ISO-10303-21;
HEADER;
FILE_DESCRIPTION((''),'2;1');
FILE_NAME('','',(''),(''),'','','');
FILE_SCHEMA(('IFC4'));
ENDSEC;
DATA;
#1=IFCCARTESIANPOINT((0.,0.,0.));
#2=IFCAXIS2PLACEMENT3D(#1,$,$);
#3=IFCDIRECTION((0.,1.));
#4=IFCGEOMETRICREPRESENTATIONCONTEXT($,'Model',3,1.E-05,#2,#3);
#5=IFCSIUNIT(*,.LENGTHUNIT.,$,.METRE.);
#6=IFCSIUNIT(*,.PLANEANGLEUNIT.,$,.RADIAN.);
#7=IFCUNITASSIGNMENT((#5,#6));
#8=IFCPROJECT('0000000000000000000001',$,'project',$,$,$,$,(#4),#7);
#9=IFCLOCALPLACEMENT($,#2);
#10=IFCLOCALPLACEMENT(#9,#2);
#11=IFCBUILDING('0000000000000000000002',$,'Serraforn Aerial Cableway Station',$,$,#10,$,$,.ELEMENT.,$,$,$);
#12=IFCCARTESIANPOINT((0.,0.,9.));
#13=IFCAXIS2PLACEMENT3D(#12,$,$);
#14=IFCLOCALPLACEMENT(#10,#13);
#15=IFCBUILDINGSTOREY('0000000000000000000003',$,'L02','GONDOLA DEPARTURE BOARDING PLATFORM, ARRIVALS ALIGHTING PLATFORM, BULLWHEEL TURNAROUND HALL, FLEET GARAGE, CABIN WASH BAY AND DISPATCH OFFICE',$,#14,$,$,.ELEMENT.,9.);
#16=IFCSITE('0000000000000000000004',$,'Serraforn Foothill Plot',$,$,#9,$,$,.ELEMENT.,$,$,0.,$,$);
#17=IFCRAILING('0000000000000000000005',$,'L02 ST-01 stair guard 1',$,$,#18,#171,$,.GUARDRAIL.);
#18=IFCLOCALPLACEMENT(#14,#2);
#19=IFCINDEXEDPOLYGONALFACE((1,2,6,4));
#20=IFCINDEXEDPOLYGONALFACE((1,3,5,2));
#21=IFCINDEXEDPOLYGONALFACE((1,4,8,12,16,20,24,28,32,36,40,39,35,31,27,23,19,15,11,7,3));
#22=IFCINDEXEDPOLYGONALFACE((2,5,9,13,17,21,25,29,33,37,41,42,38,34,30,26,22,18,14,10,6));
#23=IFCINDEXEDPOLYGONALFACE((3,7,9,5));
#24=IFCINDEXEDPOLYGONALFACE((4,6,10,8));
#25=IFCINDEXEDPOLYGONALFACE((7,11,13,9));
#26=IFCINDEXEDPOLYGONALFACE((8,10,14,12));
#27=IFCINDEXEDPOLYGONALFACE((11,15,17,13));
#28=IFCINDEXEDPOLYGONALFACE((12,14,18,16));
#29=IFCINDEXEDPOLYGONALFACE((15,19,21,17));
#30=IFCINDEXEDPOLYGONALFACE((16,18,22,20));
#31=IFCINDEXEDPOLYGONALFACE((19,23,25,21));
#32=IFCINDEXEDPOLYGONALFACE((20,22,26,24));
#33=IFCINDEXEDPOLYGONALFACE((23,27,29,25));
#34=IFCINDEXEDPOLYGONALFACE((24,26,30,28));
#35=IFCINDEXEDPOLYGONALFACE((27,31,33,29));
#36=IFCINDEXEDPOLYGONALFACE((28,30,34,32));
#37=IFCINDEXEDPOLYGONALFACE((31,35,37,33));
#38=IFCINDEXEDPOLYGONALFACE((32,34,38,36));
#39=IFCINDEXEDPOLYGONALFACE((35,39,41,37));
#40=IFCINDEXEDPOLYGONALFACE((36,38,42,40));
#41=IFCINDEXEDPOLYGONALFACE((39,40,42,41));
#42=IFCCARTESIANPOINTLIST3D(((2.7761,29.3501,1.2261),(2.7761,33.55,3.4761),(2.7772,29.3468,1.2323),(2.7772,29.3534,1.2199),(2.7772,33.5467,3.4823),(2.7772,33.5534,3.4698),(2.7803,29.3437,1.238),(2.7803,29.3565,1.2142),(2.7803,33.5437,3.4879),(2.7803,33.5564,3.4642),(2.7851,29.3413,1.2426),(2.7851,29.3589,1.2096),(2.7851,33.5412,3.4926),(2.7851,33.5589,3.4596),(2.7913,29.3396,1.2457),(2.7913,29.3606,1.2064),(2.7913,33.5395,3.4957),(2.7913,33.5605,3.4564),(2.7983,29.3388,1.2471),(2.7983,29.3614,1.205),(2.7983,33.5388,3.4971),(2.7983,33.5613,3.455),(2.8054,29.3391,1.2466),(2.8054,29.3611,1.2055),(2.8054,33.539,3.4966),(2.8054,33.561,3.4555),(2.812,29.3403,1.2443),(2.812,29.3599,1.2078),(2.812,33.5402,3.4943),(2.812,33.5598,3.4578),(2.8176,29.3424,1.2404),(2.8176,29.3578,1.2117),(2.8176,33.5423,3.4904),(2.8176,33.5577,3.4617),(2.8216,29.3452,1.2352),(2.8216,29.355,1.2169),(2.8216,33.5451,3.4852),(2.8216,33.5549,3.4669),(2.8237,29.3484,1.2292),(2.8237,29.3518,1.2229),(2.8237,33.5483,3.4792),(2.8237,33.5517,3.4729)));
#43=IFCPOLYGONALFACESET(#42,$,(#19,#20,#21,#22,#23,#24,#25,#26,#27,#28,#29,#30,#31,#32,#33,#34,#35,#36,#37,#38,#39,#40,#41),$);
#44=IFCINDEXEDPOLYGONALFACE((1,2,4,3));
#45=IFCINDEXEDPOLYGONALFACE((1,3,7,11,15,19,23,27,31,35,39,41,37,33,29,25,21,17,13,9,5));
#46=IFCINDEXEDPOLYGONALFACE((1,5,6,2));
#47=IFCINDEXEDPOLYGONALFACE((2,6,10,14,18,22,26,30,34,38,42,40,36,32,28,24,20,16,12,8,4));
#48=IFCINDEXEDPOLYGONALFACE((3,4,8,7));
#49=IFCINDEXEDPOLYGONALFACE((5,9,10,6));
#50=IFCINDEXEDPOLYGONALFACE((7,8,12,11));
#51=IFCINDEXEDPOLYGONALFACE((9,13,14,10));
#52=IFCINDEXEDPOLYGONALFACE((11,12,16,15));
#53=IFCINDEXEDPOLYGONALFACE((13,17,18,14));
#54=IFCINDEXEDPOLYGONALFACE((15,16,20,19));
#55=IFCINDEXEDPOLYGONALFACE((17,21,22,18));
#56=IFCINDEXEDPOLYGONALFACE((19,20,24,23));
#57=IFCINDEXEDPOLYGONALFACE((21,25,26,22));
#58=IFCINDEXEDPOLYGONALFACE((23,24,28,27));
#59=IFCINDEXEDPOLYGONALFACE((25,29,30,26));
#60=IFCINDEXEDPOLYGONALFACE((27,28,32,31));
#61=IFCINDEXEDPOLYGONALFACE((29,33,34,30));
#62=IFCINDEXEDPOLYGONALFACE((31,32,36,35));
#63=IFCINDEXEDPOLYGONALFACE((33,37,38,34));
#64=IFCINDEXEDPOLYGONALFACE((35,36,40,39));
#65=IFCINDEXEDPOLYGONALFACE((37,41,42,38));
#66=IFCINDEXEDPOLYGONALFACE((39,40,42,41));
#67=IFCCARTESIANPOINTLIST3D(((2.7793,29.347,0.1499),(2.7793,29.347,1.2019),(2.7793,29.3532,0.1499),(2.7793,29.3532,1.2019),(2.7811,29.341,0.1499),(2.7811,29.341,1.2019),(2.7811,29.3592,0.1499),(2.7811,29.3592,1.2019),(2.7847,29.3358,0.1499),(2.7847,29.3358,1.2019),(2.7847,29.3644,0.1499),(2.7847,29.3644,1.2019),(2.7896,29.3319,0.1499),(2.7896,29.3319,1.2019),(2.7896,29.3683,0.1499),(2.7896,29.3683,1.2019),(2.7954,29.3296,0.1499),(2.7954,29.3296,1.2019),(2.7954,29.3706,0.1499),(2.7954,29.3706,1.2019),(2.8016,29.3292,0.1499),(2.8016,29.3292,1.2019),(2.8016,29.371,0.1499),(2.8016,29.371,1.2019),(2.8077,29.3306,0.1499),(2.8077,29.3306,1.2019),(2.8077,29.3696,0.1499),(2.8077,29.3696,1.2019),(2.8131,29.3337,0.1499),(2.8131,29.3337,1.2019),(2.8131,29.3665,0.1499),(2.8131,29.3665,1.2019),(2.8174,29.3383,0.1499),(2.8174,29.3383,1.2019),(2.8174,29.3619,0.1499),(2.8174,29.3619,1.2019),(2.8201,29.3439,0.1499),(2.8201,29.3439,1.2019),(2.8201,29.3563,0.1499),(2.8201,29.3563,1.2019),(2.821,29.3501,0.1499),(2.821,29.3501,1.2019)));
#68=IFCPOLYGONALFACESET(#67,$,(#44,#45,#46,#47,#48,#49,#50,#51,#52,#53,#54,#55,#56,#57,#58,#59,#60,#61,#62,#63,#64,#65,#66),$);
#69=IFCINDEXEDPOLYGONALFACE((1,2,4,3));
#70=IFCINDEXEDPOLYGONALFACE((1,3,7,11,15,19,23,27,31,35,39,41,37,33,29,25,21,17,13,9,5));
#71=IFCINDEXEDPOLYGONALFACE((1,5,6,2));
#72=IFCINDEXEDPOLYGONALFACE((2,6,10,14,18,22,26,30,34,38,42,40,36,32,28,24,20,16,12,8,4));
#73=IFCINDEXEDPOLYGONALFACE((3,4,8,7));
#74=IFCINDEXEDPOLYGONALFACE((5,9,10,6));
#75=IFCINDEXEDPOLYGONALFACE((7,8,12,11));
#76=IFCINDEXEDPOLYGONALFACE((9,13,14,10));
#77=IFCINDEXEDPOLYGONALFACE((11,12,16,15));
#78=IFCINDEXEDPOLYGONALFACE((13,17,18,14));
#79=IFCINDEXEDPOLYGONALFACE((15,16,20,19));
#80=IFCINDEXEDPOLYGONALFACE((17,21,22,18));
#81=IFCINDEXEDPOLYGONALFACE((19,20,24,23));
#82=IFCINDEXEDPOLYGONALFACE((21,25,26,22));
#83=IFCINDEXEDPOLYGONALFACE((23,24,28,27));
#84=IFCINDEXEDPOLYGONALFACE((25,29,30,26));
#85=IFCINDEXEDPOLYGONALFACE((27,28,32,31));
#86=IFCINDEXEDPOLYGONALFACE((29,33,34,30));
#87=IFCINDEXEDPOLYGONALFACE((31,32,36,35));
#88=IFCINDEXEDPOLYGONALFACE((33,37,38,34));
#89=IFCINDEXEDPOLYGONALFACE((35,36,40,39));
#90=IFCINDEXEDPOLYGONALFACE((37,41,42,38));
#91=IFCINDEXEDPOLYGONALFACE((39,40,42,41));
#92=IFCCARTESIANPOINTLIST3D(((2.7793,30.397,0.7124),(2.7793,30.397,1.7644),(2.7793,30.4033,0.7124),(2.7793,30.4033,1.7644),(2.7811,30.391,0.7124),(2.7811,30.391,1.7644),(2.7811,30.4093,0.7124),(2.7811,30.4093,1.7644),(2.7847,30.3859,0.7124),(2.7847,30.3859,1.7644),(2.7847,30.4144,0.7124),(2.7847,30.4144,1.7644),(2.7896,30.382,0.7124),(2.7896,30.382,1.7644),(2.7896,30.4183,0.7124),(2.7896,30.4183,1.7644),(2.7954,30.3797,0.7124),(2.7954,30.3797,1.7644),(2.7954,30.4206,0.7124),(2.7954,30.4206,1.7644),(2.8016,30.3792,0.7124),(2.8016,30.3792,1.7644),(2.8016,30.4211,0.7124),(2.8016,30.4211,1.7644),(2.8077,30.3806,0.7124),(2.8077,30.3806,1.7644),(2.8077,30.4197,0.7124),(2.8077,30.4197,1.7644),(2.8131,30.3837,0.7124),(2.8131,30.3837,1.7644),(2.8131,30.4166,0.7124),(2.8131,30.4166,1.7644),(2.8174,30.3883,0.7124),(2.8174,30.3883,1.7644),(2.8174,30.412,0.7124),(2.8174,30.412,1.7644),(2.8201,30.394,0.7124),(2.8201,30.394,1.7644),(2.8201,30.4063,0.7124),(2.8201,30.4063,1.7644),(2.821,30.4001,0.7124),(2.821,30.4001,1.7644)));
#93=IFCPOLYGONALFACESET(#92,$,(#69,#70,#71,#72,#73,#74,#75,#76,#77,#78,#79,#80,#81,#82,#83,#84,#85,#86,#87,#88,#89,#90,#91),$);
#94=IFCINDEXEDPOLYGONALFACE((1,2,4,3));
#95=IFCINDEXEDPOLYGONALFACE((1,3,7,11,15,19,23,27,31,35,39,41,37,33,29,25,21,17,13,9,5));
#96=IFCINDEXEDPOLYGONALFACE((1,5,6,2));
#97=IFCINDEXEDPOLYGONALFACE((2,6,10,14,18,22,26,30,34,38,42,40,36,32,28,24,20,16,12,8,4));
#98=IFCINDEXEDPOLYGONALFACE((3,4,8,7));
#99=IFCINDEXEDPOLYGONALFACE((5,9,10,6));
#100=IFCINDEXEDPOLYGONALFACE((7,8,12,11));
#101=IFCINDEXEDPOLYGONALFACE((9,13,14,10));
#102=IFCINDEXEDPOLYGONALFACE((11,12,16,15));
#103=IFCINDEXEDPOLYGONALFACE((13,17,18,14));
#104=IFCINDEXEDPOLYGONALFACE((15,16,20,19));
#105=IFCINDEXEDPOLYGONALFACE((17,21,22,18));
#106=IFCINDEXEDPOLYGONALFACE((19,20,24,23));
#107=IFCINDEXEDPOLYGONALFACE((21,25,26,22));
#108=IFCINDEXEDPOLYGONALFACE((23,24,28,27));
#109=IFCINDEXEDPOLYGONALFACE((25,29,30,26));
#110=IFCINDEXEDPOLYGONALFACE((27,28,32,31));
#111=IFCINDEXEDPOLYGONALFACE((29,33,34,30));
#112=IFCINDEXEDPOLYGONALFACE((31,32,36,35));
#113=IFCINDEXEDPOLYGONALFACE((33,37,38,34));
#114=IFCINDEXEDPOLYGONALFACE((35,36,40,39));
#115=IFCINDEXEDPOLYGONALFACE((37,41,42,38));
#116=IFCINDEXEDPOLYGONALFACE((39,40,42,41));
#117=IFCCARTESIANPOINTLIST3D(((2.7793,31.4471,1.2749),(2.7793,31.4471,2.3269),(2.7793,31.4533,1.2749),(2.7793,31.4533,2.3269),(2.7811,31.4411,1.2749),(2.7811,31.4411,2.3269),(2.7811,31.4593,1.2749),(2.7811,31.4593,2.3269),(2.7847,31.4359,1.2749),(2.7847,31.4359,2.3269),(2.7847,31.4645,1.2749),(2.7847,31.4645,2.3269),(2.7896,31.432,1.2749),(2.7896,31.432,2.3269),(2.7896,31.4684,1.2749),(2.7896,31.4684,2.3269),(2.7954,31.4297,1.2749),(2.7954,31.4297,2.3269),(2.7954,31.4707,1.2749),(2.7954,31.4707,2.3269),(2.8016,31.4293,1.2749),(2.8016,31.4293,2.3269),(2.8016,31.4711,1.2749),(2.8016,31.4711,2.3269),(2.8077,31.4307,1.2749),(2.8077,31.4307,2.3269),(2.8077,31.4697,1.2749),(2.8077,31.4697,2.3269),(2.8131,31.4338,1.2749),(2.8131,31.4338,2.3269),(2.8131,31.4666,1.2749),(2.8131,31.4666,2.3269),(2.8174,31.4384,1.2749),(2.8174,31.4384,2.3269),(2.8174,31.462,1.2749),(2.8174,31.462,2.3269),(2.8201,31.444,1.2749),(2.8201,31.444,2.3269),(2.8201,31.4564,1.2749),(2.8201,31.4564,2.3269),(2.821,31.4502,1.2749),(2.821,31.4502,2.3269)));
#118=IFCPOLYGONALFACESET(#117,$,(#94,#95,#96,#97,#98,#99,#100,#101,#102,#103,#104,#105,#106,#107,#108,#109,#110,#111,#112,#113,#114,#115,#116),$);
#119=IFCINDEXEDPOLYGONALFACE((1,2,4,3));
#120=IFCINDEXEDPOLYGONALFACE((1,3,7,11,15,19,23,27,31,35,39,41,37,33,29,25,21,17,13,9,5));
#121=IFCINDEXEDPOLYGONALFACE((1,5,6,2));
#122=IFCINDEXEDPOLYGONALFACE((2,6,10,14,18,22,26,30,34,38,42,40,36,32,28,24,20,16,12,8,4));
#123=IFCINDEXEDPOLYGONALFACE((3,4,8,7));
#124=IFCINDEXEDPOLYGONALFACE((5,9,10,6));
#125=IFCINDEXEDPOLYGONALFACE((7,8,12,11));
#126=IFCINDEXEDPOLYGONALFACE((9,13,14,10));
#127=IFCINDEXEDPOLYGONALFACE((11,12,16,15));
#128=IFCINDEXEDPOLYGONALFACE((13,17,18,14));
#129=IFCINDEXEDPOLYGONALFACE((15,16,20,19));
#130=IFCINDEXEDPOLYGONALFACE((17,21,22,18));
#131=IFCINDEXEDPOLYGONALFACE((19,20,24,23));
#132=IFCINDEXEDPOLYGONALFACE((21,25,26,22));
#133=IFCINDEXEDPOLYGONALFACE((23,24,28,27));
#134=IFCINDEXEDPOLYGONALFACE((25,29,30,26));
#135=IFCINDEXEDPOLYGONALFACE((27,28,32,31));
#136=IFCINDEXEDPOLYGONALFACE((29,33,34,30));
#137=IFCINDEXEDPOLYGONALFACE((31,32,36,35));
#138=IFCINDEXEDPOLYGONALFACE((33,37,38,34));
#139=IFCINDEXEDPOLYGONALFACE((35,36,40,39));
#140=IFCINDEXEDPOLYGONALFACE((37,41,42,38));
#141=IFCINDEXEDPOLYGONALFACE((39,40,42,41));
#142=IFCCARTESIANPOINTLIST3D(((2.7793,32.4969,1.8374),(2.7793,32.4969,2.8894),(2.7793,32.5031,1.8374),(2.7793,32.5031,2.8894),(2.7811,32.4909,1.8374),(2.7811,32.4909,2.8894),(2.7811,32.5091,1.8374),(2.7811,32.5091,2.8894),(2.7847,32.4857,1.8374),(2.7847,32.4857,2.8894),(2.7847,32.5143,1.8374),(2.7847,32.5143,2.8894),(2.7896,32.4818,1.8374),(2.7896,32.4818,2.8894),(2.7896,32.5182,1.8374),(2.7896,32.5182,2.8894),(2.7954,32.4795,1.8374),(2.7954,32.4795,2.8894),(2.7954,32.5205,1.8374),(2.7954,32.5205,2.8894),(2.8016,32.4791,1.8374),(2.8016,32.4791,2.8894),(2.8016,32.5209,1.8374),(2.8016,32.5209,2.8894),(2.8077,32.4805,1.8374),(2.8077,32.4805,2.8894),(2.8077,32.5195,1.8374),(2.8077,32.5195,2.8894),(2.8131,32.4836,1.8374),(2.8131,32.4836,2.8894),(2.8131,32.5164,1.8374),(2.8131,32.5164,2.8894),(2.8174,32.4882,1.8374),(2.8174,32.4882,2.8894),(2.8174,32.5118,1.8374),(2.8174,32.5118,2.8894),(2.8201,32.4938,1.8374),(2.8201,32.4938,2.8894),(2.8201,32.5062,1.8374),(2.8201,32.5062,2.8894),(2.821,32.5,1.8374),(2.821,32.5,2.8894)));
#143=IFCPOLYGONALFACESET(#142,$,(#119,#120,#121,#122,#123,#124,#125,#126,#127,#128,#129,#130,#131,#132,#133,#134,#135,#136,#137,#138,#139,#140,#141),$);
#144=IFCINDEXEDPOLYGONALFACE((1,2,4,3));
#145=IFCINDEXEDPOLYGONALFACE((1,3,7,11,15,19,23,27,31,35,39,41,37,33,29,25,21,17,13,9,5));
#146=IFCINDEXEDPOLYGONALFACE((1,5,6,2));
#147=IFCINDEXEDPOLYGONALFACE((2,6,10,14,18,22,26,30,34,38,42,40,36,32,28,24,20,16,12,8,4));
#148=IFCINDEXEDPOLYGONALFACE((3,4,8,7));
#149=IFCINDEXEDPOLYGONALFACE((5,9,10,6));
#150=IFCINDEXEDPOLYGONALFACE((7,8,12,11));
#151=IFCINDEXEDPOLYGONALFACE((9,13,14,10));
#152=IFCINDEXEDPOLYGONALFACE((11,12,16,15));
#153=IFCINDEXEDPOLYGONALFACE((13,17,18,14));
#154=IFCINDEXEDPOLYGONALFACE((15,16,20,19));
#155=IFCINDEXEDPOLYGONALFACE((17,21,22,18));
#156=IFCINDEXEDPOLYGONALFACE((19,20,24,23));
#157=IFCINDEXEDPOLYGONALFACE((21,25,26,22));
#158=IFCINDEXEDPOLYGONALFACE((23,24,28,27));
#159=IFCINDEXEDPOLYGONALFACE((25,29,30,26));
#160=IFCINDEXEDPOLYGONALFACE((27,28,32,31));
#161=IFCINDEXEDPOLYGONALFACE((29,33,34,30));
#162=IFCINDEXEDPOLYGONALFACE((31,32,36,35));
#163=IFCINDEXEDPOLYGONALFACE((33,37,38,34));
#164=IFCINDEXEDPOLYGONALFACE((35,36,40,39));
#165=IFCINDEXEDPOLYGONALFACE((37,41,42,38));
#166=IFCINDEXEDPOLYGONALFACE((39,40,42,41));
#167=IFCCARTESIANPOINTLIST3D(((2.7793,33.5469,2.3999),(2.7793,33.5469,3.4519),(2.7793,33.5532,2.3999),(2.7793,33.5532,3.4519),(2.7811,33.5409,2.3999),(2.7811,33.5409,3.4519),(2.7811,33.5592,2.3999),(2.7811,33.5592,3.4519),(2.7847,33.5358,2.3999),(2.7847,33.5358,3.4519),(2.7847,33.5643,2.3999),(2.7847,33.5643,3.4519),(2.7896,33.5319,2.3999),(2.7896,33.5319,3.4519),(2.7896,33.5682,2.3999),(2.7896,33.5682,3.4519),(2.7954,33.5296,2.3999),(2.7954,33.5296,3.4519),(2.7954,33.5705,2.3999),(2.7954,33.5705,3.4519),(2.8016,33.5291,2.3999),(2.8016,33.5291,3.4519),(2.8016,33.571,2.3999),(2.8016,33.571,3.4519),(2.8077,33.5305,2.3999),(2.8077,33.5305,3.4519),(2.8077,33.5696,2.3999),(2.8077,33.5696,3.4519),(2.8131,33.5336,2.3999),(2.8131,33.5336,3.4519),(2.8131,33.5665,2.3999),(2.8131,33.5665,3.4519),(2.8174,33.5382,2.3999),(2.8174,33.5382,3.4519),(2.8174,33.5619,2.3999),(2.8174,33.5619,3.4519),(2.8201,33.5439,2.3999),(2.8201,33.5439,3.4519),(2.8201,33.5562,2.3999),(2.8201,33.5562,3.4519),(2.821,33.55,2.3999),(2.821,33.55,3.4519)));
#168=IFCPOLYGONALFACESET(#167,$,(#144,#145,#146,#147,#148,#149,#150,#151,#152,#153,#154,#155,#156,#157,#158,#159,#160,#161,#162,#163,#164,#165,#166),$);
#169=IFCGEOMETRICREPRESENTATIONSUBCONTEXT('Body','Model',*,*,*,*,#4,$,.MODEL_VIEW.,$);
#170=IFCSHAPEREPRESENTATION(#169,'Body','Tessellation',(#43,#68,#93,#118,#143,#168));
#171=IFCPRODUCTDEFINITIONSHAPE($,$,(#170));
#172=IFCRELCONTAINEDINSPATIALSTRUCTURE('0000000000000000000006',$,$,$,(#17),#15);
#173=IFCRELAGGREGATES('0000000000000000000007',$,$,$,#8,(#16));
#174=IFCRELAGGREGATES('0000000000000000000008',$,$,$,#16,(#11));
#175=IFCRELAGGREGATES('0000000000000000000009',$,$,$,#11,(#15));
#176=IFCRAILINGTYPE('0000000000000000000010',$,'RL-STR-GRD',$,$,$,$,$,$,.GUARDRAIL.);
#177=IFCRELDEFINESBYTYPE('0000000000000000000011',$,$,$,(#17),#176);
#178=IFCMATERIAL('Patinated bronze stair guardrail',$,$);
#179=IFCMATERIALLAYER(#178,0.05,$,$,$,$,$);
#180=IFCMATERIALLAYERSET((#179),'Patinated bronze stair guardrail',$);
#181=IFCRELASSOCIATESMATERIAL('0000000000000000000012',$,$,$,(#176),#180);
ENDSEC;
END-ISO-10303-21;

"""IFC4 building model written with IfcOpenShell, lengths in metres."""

from ifc_helpers import new_model, si_unit, direction, frame, origin, origin_2d, place, context, subcontext, project, spatial, circle, extrude, material, layer, layer_set, type_object, element, save


model = new_model("IFC4")

# Units and contexts
model_context = context("Model", 3, precision=1e-05, world=origin(), true_north=direction((0.0, 1.0)))
body_context = subcontext(model_context, "Body", "Model", "MODEL_VIEW")
ifc_project = project(units=[si_unit("LENGTHUNIT", "METRE"), si_unit("PLANEANGLEUNIT", "RADIAN")], contexts=[model_context])

# Site, building, storey
site_placement = place(None, origin())
site = spatial("IfcSite", under=ifc_project, at=site_placement, Name="Serraforn Foothill Plot", CompositionType="ELEMENT", RefElevation=0.0)
building_placement = place(site_placement, origin())
building = spatial("IfcBuilding", under=site, at=building_placement, Name="Serraforn Aerial Cableway Station", CompositionType="ELEMENT")
storey_placement = place(building_placement, frame((0.0, 0.0, 9.0)))
storey = spatial("IfcBuildingStorey", under=building, at=storey_placement, Name="L02", Description="GONDOLA DEPARTURE BOARDING PLATFORM, ARRIVALS ALIGHTING PLATFORM, BULLWHEEL TURNAROUND HALL, FLEET GARAGE, CABIN WASH BAY AND DISPATCH OFFICE", CompositionType="ELEMENT", Elevation=9.0)

# Railing
ifc_material_1 = material(Name="Patinated bronze stair guardrail")
ifc_layer_1 = layer(ifc_material_1, 0.05)
ifc_layer_set_1 = layer_set([ifc_layer_1], Name="Patinated bronze stair guardrail")
railing_type = type_object("IfcRailingType", Name="RL-STR-GRD", PredefinedType="GUARDRAIL", material=ifc_layer_set_1)
railing_placement = place(storey_placement, frame((2.8, 29.3501, 0.1499)))
element("IfcRailing", 1, at=railing_placement, inside=storey, type_object=railing_type, Name="L02 ST-01 stair guard 1", PredefinedType="GUARDRAIL", context=body_context, shape_type="SweptSolid", body=[
    extrude(circle(Radius=0.0239, at=origin_2d()), frame((0.0, 0.0, 1.0762), z_axis=(0.0, 0.881478, 0.472226), x_axis=(-1.0, 0.0, 0.0)), (0.0, 0.0, 1.0), 4.7646),
    extrude(circle(Radius=0.021, at=origin_2d()), origin(), (0.0, 0.0, 1.0), 1.052),
    extrude(circle(Radius=0.021, at=origin_2d()), frame((0.0, 1.05, 0.5625)), (0.0, 0.0, 1.0), 1.052),
    extrude(circle(Radius=0.021, at=origin_2d()), frame((0.0, 2.1001, 1.125)), (0.0, 0.0, 1.0), 1.052),
    extrude(circle(Radius=0.021, at=origin_2d()), frame((0.0, 3.1499, 1.6875)), (0.0, 0.0, 1.0), 1.052),
    extrude(circle(Radius=0.021, at=origin_2d()), frame((0.0, 4.2, 2.25)), (0.0, 0.0, 1.0), 1.052),
])

save(model, "model.ifc")
